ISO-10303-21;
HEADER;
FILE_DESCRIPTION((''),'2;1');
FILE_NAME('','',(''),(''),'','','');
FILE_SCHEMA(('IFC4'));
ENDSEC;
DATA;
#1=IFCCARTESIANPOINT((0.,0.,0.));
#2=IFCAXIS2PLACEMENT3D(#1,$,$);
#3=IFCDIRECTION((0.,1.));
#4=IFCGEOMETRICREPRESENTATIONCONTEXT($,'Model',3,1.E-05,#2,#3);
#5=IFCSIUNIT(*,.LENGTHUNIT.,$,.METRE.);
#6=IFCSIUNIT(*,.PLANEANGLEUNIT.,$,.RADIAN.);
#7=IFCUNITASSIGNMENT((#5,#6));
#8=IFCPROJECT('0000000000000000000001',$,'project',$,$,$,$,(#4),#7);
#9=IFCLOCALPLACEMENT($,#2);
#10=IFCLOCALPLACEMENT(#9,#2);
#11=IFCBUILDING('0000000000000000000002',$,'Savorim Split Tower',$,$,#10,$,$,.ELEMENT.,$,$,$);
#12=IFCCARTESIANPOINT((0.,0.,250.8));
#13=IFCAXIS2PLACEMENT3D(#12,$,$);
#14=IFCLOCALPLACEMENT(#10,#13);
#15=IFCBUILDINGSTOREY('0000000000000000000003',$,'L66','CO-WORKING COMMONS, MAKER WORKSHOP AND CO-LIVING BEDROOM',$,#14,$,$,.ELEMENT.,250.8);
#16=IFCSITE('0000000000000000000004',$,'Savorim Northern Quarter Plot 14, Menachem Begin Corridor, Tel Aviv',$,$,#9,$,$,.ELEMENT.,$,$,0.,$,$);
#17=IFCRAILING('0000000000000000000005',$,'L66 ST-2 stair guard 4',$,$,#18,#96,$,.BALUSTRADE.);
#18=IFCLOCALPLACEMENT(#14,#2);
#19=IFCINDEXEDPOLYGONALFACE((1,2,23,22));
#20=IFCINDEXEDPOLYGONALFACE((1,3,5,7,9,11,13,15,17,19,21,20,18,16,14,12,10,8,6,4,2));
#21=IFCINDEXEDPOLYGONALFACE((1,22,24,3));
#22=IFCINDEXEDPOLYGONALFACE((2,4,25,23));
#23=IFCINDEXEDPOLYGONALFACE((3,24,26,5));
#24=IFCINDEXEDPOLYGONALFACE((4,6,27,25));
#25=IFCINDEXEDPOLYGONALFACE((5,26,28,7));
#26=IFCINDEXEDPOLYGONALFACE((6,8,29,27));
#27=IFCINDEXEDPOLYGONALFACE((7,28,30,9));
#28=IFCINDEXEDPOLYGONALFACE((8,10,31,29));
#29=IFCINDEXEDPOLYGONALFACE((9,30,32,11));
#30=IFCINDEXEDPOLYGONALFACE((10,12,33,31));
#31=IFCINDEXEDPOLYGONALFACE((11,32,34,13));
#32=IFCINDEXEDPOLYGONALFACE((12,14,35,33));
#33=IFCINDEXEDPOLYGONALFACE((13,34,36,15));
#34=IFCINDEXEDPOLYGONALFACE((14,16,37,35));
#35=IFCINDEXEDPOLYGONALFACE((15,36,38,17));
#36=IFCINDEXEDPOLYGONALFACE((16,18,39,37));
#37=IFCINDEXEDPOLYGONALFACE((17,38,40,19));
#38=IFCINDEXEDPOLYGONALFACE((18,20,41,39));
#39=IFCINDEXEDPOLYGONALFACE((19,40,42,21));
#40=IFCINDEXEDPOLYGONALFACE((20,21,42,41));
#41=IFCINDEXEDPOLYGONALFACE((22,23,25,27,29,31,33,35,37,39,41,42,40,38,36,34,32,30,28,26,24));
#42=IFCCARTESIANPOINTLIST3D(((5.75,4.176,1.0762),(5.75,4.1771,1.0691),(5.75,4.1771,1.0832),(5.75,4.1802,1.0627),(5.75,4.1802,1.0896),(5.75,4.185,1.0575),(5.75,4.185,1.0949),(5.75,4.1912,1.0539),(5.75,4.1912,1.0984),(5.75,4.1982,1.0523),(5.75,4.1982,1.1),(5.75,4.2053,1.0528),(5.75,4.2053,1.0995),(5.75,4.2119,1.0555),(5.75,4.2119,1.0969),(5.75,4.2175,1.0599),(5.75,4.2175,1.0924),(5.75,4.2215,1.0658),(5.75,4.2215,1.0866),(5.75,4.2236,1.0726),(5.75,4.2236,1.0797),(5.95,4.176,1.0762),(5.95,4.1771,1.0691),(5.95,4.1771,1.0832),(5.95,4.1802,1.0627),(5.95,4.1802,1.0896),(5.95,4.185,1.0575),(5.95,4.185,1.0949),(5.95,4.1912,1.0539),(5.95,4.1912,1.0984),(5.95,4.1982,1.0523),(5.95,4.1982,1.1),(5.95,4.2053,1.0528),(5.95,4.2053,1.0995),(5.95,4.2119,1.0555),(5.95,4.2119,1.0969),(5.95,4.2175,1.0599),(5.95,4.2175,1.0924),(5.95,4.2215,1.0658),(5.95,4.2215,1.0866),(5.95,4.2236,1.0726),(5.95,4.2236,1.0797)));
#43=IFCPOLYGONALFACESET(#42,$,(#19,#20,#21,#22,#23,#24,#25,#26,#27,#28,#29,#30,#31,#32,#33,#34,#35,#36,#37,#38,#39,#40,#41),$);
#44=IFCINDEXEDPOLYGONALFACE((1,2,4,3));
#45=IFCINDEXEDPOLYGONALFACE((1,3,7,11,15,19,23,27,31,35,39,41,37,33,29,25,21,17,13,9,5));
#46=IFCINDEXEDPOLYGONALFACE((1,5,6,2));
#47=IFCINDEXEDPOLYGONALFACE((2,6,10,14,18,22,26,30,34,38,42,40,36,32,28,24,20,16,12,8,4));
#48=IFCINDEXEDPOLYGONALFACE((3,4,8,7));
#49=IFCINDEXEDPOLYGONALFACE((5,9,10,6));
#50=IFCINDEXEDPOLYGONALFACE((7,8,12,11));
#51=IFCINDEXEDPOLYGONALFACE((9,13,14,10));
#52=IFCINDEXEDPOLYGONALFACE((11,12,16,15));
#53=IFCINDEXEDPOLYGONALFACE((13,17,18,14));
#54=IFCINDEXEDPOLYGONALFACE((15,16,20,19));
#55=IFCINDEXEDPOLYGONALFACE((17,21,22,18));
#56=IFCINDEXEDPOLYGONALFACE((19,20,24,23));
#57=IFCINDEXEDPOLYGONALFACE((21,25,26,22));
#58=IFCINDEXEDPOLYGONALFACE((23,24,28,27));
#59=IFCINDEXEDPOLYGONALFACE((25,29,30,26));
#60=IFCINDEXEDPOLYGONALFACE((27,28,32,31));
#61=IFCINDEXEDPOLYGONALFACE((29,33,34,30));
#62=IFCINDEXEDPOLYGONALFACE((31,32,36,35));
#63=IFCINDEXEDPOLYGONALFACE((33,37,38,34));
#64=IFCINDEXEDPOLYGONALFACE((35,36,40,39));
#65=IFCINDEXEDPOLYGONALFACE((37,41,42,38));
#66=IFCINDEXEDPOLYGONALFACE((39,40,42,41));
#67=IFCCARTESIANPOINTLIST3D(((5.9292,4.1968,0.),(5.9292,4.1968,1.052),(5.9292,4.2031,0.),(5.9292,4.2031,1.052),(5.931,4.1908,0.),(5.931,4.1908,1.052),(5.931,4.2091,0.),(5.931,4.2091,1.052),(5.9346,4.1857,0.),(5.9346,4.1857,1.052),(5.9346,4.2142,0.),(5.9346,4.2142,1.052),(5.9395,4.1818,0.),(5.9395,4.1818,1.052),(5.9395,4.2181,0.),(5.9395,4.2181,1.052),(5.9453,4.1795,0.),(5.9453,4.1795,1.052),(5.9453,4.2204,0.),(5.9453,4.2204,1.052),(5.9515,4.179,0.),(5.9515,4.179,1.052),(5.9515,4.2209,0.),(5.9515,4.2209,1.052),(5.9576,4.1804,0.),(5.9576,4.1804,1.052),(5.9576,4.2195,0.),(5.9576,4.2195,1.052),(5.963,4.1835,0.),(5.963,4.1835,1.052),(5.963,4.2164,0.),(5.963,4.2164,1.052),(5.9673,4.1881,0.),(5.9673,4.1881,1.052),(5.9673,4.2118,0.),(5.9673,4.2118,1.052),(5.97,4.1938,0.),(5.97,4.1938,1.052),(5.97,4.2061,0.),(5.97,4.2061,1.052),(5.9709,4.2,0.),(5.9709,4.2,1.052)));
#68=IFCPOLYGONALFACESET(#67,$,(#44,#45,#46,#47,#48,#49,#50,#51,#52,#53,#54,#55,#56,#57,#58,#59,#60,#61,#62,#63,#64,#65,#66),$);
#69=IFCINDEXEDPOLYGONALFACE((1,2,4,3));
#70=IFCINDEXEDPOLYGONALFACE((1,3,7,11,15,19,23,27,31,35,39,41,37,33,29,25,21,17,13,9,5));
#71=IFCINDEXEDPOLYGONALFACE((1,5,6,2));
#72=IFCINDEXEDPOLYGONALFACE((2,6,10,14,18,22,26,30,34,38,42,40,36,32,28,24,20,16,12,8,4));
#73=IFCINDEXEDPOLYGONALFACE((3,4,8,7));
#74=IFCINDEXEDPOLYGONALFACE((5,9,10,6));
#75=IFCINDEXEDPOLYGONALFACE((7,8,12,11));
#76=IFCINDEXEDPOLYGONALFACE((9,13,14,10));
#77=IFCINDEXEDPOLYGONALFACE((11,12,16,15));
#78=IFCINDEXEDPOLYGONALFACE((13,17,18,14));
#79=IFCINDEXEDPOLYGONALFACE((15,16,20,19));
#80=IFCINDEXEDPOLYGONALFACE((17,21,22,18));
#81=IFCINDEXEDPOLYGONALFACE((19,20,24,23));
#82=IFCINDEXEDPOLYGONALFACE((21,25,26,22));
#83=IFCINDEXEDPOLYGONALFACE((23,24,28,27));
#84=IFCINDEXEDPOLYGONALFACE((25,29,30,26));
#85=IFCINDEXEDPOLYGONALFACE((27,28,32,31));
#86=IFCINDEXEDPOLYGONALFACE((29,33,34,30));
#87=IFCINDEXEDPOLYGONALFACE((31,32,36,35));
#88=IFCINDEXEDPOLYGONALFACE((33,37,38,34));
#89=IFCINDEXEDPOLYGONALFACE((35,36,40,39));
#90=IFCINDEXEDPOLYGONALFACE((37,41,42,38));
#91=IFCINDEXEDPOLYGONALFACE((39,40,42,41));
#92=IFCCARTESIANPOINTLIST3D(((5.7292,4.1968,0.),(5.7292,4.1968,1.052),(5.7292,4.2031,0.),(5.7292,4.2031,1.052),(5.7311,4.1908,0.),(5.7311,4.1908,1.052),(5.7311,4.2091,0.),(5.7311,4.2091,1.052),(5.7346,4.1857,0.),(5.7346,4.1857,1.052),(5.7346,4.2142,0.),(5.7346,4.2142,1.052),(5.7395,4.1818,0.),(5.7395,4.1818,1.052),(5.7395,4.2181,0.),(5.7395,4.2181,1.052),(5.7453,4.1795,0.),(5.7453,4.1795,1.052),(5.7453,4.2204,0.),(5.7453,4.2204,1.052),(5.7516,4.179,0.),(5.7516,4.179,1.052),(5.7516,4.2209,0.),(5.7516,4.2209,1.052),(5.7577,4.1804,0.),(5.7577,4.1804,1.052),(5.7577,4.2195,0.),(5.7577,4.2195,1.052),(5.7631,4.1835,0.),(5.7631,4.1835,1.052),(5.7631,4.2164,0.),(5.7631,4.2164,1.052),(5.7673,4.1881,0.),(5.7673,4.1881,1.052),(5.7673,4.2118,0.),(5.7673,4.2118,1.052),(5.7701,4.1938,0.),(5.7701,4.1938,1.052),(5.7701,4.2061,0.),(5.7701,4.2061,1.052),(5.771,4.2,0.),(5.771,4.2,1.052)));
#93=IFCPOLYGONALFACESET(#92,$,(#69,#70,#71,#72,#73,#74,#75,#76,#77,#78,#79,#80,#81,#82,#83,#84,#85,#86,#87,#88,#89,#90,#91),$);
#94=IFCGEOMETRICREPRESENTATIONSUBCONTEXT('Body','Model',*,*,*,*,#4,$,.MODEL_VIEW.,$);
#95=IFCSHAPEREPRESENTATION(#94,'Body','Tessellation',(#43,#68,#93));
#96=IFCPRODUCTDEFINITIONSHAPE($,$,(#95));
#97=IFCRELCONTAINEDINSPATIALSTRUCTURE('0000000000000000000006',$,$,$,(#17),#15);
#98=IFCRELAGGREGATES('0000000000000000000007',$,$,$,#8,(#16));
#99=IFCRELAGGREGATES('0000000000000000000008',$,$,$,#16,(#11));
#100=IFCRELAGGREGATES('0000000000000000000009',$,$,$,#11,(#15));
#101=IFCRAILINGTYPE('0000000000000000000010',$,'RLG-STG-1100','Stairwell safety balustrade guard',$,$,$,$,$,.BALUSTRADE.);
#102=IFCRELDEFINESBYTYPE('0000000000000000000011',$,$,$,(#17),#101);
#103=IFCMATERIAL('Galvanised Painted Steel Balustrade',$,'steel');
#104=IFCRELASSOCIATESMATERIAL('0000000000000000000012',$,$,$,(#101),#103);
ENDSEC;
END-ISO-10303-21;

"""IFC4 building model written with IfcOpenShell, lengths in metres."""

from ifc_helpers import new_model, si_unit, direction, frame, origin, origin_2d, place, context, subcontext, project, spatial, circle, extrude, material, type_object, element, save


model = new_model("IFC4")

# Units and contexts
model_context = context("Model", 3, precision=1e-05, world=origin(), true_north=direction((0.0, 1.0)))
body_context = subcontext(model_context, "Body", "Model", "MODEL_VIEW")
ifc_project = project(units=[si_unit("LENGTHUNIT", "METRE"), si_unit("PLANEANGLEUNIT", "RADIAN")], contexts=[model_context])

# Site, building, storey
site_placement = place(None, origin())
site = spatial("IfcSite", under=ifc_project, at=site_placement, Name="Savorim Northern Quarter Plot 14, Menachem Begin Corridor, Tel Aviv", CompositionType="ELEMENT", RefElevation=0.0)
building_placement = place(site_placement, origin())
building = spatial("IfcBuilding", under=site, at=building_placement, Name="Savorim Split Tower", CompositionType="ELEMENT")
storey_placement = place(building_placement, frame((0.0, 0.0, 250.8)))
storey = spatial("IfcBuildingStorey", under=building, at=storey_placement, Name="L66", Description="CO-WORKING COMMONS, MAKER WORKSHOP AND CO-LIVING BEDROOM", CompositionType="ELEMENT", Elevation=250.8)

# Railing
ifc_material_1 = material(Name="Galvanised Painted Steel Balustrade", Category="steel")
railing_type_1 = type_object("IfcRailingType", Name="RLG-STG-1100", Description="Stairwell safety balustrade guard", PredefinedType="BALUSTRADE", material=ifc_material_1)
railing_1_placement = place(storey_placement, frame((5.95, 4.2, 0.0)))
element("IfcRailing", 1, at=railing_1_placement, inside=storey, type_object=railing_type_1, Name="L66 ST-2 stair guard 4", PredefinedType="BALUSTRADE", context=body_context, shape_type="SweptSolid", body=[
    extrude(circle(Radius=0.0239, at=origin_2d()), frame((0.0, 0.0, 1.0762), z_axis=(-1.0, 0.0, 0.0), x_axis=(0.0, -1.0, 0.0)), (0.0, 0.0, 1.0), 0.2),
    extrude(circle(Radius=0.021, at=origin_2d()), origin(), (0.0, 0.0, 1.0), 1.052),
    extrude(circle(Radius=0.021, at=origin_2d()), frame((-0.2, 0.0, 0.0)), (0.0, 0.0, 1.0), 1.052),
])

save(model, "model.ifc")
